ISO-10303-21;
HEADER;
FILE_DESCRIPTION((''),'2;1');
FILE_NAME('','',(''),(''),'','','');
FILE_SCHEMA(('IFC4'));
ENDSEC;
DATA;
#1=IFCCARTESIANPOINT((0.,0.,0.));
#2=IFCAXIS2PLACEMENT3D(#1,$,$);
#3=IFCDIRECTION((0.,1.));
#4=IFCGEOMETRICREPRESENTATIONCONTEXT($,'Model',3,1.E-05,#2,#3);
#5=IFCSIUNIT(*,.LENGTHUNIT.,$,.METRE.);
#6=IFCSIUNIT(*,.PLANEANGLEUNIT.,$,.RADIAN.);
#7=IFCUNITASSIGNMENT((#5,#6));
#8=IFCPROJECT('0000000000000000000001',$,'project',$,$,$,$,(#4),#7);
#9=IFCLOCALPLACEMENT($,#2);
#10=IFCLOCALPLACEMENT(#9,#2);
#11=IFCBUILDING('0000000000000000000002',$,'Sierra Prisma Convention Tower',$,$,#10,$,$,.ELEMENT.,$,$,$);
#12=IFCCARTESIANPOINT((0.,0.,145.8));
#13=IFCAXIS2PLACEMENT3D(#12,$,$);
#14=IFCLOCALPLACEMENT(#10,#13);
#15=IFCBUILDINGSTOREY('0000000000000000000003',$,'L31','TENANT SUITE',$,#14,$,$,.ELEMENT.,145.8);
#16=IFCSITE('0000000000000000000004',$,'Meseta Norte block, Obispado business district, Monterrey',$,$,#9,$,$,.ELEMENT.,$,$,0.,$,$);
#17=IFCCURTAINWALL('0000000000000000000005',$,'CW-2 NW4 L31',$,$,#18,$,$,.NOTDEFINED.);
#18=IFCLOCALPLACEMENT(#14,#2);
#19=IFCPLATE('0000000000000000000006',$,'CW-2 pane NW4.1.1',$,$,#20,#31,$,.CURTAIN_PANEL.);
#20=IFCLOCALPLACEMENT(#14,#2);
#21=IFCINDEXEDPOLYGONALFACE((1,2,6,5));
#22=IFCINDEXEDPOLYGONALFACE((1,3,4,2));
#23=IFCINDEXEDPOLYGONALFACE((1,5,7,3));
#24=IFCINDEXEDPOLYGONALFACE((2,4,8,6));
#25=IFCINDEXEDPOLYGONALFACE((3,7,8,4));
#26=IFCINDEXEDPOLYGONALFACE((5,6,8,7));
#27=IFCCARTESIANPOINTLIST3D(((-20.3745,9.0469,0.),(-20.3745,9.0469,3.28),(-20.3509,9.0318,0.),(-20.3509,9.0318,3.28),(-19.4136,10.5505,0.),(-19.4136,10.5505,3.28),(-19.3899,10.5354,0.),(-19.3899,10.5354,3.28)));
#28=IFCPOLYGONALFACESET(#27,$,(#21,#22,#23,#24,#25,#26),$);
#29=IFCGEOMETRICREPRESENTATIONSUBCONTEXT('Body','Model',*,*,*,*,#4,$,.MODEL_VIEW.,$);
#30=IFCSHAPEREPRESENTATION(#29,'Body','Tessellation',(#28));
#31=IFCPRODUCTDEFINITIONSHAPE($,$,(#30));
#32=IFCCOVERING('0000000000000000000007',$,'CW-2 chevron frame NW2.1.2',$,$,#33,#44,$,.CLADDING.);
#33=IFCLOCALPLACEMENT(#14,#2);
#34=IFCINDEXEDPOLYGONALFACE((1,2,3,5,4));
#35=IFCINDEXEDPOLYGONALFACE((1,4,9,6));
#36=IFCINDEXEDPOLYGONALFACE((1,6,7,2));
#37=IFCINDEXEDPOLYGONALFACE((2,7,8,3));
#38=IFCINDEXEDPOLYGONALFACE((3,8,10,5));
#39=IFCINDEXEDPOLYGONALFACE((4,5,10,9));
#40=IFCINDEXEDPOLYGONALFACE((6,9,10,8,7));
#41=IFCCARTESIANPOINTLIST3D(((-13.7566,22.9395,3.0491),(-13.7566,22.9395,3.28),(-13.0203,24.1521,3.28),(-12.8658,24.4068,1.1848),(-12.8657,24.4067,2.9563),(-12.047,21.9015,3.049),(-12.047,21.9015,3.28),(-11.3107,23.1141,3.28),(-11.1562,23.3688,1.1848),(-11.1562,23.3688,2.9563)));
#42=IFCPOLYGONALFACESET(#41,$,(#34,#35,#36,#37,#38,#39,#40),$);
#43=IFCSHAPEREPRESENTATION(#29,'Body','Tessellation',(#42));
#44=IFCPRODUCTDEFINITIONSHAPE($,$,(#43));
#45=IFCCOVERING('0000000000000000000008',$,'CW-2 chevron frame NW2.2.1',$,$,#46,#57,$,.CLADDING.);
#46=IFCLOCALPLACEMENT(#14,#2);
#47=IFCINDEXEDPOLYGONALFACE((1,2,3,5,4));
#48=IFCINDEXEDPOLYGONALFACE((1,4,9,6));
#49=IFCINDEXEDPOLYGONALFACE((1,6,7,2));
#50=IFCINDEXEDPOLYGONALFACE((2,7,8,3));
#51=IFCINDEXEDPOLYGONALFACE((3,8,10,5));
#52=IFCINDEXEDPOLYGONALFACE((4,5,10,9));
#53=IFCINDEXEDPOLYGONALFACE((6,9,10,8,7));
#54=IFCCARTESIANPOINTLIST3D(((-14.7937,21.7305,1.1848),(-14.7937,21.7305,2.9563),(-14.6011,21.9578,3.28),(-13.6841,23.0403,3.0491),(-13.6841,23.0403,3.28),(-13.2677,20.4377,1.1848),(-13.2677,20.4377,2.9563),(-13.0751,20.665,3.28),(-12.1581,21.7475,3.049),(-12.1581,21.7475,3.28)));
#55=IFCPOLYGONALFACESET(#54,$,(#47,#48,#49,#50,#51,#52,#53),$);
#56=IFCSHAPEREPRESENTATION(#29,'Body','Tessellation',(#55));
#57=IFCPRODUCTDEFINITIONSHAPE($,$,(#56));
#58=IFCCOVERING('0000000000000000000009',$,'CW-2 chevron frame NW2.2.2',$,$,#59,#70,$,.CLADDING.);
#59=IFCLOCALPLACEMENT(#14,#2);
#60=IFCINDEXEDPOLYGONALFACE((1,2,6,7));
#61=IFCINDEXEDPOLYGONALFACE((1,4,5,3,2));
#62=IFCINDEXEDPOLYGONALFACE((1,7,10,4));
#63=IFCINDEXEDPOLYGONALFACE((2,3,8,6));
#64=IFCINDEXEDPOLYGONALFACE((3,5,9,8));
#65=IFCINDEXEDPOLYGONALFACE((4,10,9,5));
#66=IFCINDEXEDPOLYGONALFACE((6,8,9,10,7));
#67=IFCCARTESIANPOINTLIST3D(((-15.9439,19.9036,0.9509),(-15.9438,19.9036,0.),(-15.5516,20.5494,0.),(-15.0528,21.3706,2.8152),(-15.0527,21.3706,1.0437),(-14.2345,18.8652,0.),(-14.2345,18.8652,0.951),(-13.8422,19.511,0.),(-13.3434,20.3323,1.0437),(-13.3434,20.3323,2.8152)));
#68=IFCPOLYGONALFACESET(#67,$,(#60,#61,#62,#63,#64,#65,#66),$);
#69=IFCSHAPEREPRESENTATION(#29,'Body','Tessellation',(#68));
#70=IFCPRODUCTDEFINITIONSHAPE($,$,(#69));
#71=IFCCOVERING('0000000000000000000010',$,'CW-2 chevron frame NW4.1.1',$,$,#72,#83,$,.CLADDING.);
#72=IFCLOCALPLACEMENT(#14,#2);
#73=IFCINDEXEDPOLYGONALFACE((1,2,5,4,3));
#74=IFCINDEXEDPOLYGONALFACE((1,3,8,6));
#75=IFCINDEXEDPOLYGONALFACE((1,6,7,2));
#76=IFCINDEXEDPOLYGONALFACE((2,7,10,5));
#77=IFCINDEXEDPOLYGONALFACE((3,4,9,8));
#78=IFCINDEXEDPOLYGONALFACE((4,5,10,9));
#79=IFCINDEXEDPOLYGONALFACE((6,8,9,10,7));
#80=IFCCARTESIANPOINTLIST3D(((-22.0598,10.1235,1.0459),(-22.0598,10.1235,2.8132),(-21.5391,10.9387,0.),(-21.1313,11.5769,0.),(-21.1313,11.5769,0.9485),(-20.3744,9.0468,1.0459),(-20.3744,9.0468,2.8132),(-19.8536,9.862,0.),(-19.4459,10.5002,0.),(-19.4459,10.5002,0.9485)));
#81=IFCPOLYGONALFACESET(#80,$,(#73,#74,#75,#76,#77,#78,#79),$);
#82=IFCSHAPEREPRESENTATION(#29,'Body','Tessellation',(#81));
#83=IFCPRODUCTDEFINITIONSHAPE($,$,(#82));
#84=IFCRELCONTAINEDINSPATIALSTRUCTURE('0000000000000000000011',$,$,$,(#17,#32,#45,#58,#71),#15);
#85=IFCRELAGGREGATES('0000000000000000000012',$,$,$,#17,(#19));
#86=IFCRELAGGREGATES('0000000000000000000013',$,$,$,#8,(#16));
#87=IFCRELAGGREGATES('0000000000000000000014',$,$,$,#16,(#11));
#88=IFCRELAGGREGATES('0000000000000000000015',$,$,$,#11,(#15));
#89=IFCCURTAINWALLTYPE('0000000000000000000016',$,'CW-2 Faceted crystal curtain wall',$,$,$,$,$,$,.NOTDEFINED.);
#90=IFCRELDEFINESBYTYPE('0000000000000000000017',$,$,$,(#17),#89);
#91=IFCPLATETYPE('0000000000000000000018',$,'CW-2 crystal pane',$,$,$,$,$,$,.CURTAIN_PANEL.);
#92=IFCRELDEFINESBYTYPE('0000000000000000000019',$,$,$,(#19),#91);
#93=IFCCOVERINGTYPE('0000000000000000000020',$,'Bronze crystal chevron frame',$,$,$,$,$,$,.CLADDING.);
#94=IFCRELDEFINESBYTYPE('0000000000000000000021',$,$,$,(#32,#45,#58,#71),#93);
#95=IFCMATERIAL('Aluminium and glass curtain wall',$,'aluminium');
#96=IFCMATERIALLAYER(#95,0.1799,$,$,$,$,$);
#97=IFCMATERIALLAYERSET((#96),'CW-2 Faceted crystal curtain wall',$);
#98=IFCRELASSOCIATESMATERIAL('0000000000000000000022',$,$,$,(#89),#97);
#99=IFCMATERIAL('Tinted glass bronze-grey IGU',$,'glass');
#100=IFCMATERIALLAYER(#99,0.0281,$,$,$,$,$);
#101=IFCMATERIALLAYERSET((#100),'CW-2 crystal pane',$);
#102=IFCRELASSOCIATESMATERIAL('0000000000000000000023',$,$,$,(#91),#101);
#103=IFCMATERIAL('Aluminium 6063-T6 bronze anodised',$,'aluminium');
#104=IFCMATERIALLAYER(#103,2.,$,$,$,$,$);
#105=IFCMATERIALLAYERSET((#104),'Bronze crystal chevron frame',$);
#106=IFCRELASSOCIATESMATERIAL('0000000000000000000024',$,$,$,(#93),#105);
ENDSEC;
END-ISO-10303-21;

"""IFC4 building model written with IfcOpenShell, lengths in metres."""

from ifc_helpers import new_model, si_unit, direction, frame, origin, place, context, subcontext, project, spatial, polyline, outline, extrude, material, layer, layer_set, type_object, element, aggregate, save


model = new_model("IFC4")

# Units and contexts
model_context = context("Model", 3, precision=1e-05, world=origin(), true_north=direction((0.0, 1.0)))
body_context = subcontext(model_context, "Body", "Model", "MODEL_VIEW")
ifc_project = project(units=[si_unit("LENGTHUNIT", "METRE"), si_unit("PLANEANGLEUNIT", "RADIAN")], contexts=[model_context])

# Site, building, storey
site_placement = place(None, origin())
site = spatial("IfcSite", under=ifc_project, at=site_placement, Name="Meseta Norte block, Obispado business district, Monterrey", CompositionType="ELEMENT", RefElevation=0.0)
building_placement = place(site_placement, origin())
building = spatial("IfcBuilding", under=site, at=building_placement, Name="Sierra Prisma Convention Tower", CompositionType="ELEMENT")
storey_placement = place(building_placement, frame((0.0, 0.0, 145.8)))
storey = spatial("IfcBuildingStorey", under=building, at=storey_placement, Name="L31", Description="TENANT SUITE", CompositionType="ELEMENT", Elevation=145.8)

# Shared definitions
ifc_material_1 = material(Name="Aluminium and glass curtain wall", Category="aluminium")
ifc_layer_1 = layer(ifc_material_1, 0.1799)
ifc_layer_set_1 = layer_set([ifc_layer_1], Name="CW-2 Faceted crystal curtain wall")
curtain_wall_type_1 = type_object("IfcCurtainWallType", Name="CW-2 Faceted crystal curtain wall", PredefinedType="NOTDEFINED", material=ifc_layer_set_1)

# Curtain wall
curtain_wall_1_placement = place(storey_placement, origin())
curtain_wall_1 = element("IfcCurtainWall", 1, at=curtain_wall_1_placement, inside=storey, type_object=curtain_wall_type_1, Name="CW-2 NW4 L31", PredefinedType="NOTDEFINED")

# Plate
ifc_material_2 = material(Name="Tinted glass bronze-grey IGU", Category="glass")
ifc_layer_2 = layer(ifc_material_2, 0.0281)
ifc_layer_set_2 = layer_set([ifc_layer_2], Name="CW-2 crystal pane")
plate_type_1 = type_object("IfcPlateType", Name="CW-2 crystal pane", PredefinedType="CURTAIN_PANEL", material=ifc_layer_set_2)
plate_1_placement = place(storey_placement, frame((-19.4136, 10.5505, 0.0), z_axis=(-0.842629, 0.538495, 0.0), x_axis=(-0.538495, -0.842629, 0.0)))
plate_1 = element("IfcPlate", 2, at=plate_1_placement, type_object=plate_type_1, Name="CW-2 pane NW4.1.1", PredefinedType="CURTAIN_PANEL", context=body_context, shape_type="SweptSolid", body=[
    extrude(outline(polyline([(0.0, 0.0), (1.7845, 0.0), (1.7845, 3.28), (0.0, 3.28), (0.0, 0.0)])), origin(), (0.0, 0.0, -1.0), 0.0281),
])
aggregate(curtain_wall_1, [plate_1])

# Coverings
ifc_material_3 = material(Name="Aluminium 6063-T6 bronze anodised", Category="aluminium")
ifc_layer_3 = layer(ifc_material_3, 2.0)
ifc_layer_set_3 = layer_set([ifc_layer_3], Name="Bronze crystal chevron frame")
covering_type = type_object("IfcCoveringType", Name="Bronze crystal chevron frame", PredefinedType="CLADDING", material=ifc_layer_set_3)
covering_1_placement = place(storey_placement, frame((-12.8657, 24.4067, 2.9563), z_axis=(-0.854781, 0.518989, 0.000024), x_axis=(-0.000021, 0.000013, -1.0)))
element("IfcCovering", 3, at=covering_1_placement, inside=storey, type_object=covering_type, Name="CW-2 chevron frame NW2.1.2", PredefinedType="CLADDING", context=body_context, shape_type="SweptSolid", body=[
    extrude(outline(polyline([(0.0, 0.0), (1.7715, 0.0), (-0.0928, 1.7166), (-0.3237, 1.7166), (-0.3237, 0.2979), (0.0, 0.0)])), origin(), (0.0, 0.0, -1.0), 2.0),
])
covering_2_placement = place(storey_placement, frame((-13.6841, 23.0403, 3.28), z_axis=(-0.763012, 0.646385, 0.000024), x_axis=(-0.000019, 0.000016, -1.0)))
element("IfcCovering", 4, at=covering_2_placement, inside=storey, type_object=covering_type, Name="CW-2 chevron frame NW2.2.1", PredefinedType="CLADDING", context=body_context, shape_type="SweptSolid", body=[
    extrude(outline(polyline([(0.0, 0.0), (0.231, 0.0), (2.0952, 1.7166), (0.3237, 1.7166), (0.0, 1.4187), (0.0, 0.0)])), origin(), (0.0, 0.0, -1.0), 2.0),
])
covering_3_placement = place(storey_placement, frame((-15.9438, 19.9036, 0.0), z_axis=(-0.854674, 0.519165, -0.000024), x_axis=(-0.000021, 0.000013, 1.0)))
element("IfcCovering", 5, at=covering_3_placement, inside=storey, type_object=covering_type, Name="CW-2 chevron frame NW2.2.2", PredefinedType="CLADDING", context=body_context, shape_type="SweptSolid", body=[
    extrude(outline(polyline([(0.0, 0.0), (0.9509, 0.0), (2.8152, 1.7165), (1.0437, 1.7165), (0.0, 0.7556), (0.0, 0.0)])), origin(), (0.0, 0.0, -1.0), 2.0),
])
covering_4_placement = place(storey_placement, frame((-21.1313, 11.5769, 0.0), z_axis=(-0.842714, 0.538361, 0.000005), x_axis=(-0.538361, -0.842714, 0.0)))
element("IfcCovering", 6, at=covering_4_placement, inside=storey, type_object=covering_type, Name="CW-2 chevron frame NW4.1.1", PredefinedType="CLADDING", context=body_context, shape_type="SweptSolid", body=[
    extrude(outline(polyline([(0.0, 0.0), (0.7573, 0.0), (1.7246, 1.0459), (1.7246, 2.8132), (0.0, 0.9485), (0.0, 0.0)])), origin(), (0.0, 0.0, -1.0), 2.0),
])

save(model, "model.ifc")
